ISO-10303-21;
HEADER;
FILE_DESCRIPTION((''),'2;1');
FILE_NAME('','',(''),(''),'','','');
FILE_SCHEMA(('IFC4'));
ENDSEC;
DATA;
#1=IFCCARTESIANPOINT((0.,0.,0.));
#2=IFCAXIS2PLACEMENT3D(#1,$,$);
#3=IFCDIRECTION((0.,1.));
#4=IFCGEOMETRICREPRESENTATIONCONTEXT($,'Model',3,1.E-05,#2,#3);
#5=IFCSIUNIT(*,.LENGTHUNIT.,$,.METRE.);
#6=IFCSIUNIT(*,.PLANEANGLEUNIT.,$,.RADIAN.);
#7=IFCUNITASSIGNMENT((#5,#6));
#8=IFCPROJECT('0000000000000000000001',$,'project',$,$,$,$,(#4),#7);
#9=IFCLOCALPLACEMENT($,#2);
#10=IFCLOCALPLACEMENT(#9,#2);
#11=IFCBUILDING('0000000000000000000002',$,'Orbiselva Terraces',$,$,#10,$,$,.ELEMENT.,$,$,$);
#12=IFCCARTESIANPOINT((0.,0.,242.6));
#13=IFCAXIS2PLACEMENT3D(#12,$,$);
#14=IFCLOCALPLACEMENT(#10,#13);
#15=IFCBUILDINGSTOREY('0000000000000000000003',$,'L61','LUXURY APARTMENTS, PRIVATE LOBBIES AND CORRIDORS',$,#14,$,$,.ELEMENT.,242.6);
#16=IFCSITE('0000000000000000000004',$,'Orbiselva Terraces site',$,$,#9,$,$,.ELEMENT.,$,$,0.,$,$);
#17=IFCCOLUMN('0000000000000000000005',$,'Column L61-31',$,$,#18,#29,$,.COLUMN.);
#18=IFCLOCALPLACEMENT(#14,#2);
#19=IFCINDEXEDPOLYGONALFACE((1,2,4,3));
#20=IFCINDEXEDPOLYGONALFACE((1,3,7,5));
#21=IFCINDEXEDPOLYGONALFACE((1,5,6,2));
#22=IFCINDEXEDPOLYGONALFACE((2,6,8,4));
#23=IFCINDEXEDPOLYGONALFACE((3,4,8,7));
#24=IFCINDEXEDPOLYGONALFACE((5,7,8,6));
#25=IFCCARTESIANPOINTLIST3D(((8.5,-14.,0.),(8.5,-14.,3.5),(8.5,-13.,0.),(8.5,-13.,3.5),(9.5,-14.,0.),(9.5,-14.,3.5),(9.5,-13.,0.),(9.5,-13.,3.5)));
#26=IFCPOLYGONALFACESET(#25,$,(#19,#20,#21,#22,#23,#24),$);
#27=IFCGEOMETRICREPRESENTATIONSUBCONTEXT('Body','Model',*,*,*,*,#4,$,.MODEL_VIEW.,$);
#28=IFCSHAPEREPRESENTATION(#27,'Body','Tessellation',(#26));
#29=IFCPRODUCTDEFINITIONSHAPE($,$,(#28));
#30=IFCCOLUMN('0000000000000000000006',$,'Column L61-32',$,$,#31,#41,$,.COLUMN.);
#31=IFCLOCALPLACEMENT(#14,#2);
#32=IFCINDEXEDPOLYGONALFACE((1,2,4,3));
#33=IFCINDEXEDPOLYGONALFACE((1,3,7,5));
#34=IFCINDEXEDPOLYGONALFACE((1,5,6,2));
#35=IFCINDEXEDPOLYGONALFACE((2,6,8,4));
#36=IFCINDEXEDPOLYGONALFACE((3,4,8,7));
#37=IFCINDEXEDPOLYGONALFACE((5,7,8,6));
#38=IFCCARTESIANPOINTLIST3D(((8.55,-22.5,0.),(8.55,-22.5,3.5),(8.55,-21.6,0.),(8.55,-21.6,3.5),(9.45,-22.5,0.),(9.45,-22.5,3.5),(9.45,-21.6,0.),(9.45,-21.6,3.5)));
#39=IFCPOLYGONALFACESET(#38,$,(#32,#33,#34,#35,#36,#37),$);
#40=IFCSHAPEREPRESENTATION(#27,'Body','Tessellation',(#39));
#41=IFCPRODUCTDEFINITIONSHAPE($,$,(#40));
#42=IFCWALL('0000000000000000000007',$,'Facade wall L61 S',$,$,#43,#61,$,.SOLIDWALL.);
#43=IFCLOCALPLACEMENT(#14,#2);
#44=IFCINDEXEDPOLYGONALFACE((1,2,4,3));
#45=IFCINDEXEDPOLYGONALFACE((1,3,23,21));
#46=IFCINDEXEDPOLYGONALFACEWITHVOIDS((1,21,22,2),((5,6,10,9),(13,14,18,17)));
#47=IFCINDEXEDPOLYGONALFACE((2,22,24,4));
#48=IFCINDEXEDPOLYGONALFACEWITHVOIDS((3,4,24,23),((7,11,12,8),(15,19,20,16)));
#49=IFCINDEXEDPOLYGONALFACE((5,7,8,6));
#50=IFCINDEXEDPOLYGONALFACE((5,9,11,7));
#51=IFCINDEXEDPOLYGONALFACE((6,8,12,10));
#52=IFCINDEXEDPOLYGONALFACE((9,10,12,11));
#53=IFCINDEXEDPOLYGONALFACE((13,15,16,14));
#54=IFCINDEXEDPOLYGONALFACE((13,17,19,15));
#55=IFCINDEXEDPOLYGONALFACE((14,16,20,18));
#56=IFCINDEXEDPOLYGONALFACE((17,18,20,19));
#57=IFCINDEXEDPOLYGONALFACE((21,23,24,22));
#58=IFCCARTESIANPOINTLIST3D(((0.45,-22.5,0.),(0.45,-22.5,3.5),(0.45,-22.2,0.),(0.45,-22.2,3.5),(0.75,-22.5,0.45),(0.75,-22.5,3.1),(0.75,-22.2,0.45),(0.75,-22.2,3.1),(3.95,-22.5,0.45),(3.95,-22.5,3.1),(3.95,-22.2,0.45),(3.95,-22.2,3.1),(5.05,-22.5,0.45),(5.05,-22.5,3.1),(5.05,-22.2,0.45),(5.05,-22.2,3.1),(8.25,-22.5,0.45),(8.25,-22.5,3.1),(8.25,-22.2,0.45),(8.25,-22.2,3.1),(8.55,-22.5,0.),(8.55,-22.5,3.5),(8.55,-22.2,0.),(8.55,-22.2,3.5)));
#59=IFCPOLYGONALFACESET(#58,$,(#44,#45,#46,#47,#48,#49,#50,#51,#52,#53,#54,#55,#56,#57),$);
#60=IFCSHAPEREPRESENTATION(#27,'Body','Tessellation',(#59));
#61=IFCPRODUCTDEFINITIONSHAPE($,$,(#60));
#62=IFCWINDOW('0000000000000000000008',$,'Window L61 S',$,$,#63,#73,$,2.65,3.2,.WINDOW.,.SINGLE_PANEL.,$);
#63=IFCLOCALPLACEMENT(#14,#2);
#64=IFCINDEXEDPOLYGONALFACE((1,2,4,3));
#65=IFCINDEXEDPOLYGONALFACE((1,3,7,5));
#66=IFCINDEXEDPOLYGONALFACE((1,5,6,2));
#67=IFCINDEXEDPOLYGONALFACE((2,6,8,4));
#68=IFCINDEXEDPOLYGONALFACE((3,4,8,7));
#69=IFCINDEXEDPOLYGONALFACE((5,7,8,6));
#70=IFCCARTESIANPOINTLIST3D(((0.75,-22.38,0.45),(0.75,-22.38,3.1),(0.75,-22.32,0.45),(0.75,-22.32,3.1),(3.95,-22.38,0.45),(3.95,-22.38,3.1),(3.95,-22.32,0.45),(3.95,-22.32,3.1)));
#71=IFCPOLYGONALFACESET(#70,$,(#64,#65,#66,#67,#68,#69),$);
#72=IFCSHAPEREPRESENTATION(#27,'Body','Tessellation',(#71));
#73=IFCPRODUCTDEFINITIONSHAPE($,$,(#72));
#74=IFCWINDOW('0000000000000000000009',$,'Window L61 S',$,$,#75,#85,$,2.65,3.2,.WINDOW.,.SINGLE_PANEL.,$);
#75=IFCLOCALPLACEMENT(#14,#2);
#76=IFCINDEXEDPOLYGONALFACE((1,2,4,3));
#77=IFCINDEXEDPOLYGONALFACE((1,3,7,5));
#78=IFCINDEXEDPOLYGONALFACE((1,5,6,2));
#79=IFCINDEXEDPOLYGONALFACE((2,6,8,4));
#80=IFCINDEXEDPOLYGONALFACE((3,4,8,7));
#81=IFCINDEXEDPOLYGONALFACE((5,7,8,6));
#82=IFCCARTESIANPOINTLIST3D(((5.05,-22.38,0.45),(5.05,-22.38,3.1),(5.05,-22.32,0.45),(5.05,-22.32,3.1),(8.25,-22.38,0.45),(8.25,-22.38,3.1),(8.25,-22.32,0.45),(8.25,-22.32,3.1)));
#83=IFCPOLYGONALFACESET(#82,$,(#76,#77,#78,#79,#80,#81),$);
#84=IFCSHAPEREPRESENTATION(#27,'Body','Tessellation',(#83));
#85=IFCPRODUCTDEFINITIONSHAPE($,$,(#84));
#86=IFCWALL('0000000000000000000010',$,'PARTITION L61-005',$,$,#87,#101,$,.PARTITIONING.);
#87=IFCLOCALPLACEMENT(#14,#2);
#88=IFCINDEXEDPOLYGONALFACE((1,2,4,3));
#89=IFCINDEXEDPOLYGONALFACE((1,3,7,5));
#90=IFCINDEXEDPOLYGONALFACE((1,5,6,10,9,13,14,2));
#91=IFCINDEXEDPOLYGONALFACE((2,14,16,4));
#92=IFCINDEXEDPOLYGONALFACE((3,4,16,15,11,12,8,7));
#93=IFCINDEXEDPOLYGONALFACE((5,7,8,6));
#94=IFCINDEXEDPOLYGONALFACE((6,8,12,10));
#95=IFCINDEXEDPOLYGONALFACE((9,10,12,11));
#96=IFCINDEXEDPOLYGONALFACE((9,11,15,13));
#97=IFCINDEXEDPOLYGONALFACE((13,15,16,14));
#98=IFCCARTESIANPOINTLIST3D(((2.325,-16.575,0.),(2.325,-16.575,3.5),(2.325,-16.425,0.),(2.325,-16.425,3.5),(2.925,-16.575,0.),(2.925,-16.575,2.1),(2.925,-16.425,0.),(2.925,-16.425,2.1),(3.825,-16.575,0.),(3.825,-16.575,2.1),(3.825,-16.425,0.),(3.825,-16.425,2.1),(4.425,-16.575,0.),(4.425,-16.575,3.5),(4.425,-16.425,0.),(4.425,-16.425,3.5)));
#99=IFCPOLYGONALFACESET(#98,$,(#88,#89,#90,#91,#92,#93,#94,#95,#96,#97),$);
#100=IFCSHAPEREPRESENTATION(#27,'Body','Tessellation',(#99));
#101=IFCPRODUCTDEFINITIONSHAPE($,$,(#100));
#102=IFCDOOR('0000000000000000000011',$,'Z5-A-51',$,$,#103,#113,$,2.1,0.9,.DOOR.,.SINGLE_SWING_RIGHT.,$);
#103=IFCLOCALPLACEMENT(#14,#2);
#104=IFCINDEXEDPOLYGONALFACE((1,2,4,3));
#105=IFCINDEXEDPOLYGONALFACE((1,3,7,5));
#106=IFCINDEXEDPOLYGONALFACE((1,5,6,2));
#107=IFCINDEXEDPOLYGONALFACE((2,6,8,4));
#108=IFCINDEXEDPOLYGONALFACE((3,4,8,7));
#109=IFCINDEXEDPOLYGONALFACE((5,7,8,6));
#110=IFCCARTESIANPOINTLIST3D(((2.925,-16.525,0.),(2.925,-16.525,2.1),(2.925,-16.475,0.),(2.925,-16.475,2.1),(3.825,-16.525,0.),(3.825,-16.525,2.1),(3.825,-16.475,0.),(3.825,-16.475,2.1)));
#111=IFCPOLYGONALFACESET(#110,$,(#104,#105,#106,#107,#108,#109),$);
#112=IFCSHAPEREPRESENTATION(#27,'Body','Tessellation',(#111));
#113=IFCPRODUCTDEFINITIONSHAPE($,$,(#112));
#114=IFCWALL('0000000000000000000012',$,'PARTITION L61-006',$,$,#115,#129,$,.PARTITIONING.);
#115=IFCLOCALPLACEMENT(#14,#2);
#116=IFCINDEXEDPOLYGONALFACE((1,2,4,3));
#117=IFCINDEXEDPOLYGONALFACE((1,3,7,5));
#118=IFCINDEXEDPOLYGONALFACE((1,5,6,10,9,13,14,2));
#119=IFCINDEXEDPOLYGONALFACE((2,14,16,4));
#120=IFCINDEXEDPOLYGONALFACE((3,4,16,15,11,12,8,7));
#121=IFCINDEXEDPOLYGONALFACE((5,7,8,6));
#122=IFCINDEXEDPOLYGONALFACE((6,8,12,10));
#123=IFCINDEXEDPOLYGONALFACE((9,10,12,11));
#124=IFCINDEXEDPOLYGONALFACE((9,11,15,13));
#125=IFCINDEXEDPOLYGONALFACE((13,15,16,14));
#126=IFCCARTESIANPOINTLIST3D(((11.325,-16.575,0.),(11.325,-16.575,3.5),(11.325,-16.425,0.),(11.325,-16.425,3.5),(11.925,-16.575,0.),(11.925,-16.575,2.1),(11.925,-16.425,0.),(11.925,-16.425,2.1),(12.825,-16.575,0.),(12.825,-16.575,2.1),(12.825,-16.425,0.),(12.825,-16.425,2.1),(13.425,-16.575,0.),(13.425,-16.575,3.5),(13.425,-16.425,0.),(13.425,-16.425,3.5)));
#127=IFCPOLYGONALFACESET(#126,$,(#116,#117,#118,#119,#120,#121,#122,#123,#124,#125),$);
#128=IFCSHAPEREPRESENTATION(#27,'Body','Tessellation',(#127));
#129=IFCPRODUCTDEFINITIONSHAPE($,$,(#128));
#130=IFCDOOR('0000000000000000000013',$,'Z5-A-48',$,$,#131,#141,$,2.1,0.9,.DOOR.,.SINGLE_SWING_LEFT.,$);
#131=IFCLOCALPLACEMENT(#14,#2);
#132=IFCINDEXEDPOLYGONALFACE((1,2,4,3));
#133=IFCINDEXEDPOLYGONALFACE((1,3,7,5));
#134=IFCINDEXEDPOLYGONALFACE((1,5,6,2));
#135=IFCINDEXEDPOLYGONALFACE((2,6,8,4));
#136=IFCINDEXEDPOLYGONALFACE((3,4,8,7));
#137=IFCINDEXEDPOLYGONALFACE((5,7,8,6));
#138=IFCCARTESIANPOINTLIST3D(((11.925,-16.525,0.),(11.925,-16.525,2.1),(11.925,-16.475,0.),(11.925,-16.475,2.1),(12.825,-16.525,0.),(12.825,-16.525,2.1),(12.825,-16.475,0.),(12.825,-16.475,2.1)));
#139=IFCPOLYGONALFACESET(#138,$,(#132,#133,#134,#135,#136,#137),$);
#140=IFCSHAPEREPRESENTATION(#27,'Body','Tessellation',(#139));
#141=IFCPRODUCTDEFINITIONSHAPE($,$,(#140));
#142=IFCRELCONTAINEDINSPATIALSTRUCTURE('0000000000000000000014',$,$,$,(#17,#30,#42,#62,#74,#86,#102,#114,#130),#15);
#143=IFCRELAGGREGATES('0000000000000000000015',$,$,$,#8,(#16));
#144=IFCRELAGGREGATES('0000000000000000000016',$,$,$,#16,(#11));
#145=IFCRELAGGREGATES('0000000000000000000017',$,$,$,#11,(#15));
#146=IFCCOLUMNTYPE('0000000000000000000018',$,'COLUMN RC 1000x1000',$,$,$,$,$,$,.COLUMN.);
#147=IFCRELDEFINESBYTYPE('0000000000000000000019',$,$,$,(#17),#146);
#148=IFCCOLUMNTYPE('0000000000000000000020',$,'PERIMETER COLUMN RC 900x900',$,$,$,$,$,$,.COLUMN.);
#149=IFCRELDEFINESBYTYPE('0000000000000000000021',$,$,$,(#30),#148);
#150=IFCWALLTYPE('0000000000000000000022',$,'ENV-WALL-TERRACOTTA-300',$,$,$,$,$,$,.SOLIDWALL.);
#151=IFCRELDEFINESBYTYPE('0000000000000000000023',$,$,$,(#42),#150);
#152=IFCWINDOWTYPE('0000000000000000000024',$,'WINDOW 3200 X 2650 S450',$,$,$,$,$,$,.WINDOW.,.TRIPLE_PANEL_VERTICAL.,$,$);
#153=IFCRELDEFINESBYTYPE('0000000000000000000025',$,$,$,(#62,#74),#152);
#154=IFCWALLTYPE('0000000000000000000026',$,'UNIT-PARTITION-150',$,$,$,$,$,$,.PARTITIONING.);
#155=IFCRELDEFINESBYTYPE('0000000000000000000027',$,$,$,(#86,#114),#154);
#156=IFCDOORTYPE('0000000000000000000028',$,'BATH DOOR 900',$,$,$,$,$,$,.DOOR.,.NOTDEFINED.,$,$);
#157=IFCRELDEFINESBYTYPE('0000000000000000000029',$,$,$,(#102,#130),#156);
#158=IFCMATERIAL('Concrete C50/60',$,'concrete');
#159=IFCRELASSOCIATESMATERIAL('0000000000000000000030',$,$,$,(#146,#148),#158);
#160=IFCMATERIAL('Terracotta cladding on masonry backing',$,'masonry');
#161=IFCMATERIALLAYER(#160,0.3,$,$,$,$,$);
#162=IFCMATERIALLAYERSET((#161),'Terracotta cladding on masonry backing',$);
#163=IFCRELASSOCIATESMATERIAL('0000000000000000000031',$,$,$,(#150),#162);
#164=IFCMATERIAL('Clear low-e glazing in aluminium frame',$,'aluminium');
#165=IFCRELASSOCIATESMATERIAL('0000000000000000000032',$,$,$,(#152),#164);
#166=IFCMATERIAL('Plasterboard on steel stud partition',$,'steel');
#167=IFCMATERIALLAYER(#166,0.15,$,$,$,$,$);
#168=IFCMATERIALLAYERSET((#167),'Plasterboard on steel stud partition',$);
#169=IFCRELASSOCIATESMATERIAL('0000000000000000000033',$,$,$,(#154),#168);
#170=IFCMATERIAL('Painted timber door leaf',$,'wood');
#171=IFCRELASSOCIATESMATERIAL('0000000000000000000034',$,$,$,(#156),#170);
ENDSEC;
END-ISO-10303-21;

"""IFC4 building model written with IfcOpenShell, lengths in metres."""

from ifc_helpers import new_model, si_unit, direction, frame, frame_2d, origin, origin_2d, place, context, subcontext, project, spatial, rectangle, extrude, material, layer, layer_set, material_profile, profile_set, type_object, element, fill, save


model = new_model("IFC4")

# Units and contexts
model_context = context("Model", 3, precision=1e-05, world=origin(), true_north=direction((0.0, 1.0)))
body_context = subcontext(model_context, "Body", "Model", "MODEL_VIEW")
ifc_project = project(units=[si_unit("LENGTHUNIT", "METRE"), si_unit("PLANEANGLEUNIT", "RADIAN")], contexts=[model_context])

# Site, building, storey
site_placement = place(None, origin())
site = spatial("IfcSite", under=ifc_project, at=site_placement, Name="Orbiselva Terraces site", CompositionType="ELEMENT", RefElevation=0.0)
building_placement = place(site_placement, origin())
building = spatial("IfcBuilding", under=site, at=building_placement, Name="Orbiselva Terraces", CompositionType="ELEMENT")
storey_placement = place(building_placement, frame((0.0, 0.0, 242.6)))
storey = spatial("IfcBuildingStorey", under=building, at=storey_placement, Name="L61", Description="LUXURY APARTMENTS, PRIVATE LOBBIES AND CORRIDORS", CompositionType="ELEMENT", Elevation=242.6)

# Columns
ifc_material_1 = material(Name="Concrete C50/60", Category="concrete")
ifc_material_profile_1 = material_profile(ifc_material_1, rectangle(XDim=1.0, YDim=1.0, at=origin_2d()), Name="RC 1000x1000")
ifc_profile_set_1 = profile_set([ifc_material_profile_1], Name="Concrete C50/60")
column_type_1 = type_object("IfcColumnType", Name="COLUMN RC 1000x1000", PredefinedType="COLUMN", material=ifc_profile_set_1)
column_1_placement = place(storey_placement, frame((9.0, -13.5, 0.0), z_axis=(0.0, 0.0, 1.0), x_axis=(1.0, 0.0, 0.0)))
element("IfcColumn", 1, at=column_1_placement, inside=storey, type_object=column_type_1, Name="Column L61-31", PredefinedType="COLUMN", context=body_context, shape_type="SweptSolid", body=[
    extrude(rectangle(XDim=1.0, YDim=1.0, at=origin_2d()), origin(), (0.0, 0.0, 1.0), 3.5),
])
ifc_material_profile_2 = material_profile(ifc_material_1, rectangle(XDim=0.9, YDim=0.9, at=origin_2d()), Name="RC 900x900")
ifc_profile_set_2 = profile_set([ifc_material_profile_2], Name="Concrete C50/60")
column_type_2 = type_object("IfcColumnType", Name="PERIMETER COLUMN RC 900x900", PredefinedType="COLUMN", material=ifc_profile_set_2)
column_2_placement = place(storey_placement, frame((9.0, -22.05, 0.0), z_axis=(0.0, 0.0, 1.0), x_axis=(1.0, 0.0, 0.0)))
element("IfcColumn", 2, at=column_2_placement, inside=storey, type_object=column_type_2, Name="Column L61-32", PredefinedType="COLUMN", context=body_context, shape_type="SweptSolid", body=[
    extrude(rectangle(XDim=0.9, YDim=0.9, at=origin_2d()), origin(), (0.0, 0.0, 1.0), 3.5),
])

# Wall, openings, windows
ifc_material_2 = material(Name="Terracotta cladding on masonry backing", Category="masonry")
ifc_layer_1 = layer(ifc_material_2, 0.3)
ifc_layer_set_1 = layer_set([ifc_layer_1], Name="Terracotta cladding on masonry backing")
wall_type_1 = type_object("IfcWallType", Name="ENV-WALL-TERRACOTTA-300", PredefinedType="SOLIDWALL", material=ifc_layer_set_1)
wall_1_placement = place(storey_placement, frame((8.55, -22.35, 0.0), z_axis=(0.0, 0.0, 1.0), x_axis=(-1.0, 0.0, 0.0)))
wall_1 = element("IfcWall", 3, at=wall_1_placement, inside=storey, type_object=wall_type_1, Name="Facade wall L61 S", PredefinedType="SOLIDWALL", context=body_context, shape_type="SweptSolid", body=[
    extrude(rectangle(XDim=8.1, YDim=0.3, at=frame_2d((4.05, 0.0))), origin(), (0.0, 0.0, 1.0), 3.5),
])
opening_1_placement = place(wall_1_placement, frame((4.6, 0.0, 0.45)))
opening_1 = element("IfcOpeningElement", 4, at=opening_1_placement, cuts=wall_1, PredefinedType="OPENING", context=body_context, shape_type="SweptSolid", body=[
    extrude(rectangle(XDim=3.2, YDim=2.65, at=frame_2d((1.6, 1.325))), frame((0.0, 0.16, 0.0), z_axis=(0.0, -1.0, 0.0), x_axis=(1.0, 0.0, 0.0)), (0.0, 0.0, 1.0), 0.32),
])
opening_2_placement = place(wall_1_placement, frame((0.3, 0.0, 0.45)))
opening_2 = element("IfcOpeningElement", 5, at=opening_2_placement, cuts=wall_1, PredefinedType="OPENING", context=body_context, shape_type="SweptSolid", body=[
    extrude(rectangle(XDim=3.2, YDim=2.65, at=frame_2d((1.6, 1.325))), frame((0.0, 0.16, 0.0), z_axis=(0.0, -1.0, 0.0), x_axis=(1.0, 0.0, 0.0)), (0.0, 0.0, 1.0), 0.32),
])
ifc_material_3 = material(Name="Clear low-e glazing in aluminium frame", Category="aluminium")
window_type = type_object("IfcWindowType", Name="WINDOW 3200 X 2650 S450", PartitioningType="TRIPLE_PANEL_VERTICAL", PredefinedType="WINDOW", material=ifc_material_3)
window_1_placement = place(opening_1_placement, origin())
window_1 = element("IfcWindow", 6, at=window_1_placement, inside=storey, type_object=window_type, Name="Window L61 S", OverallHeight=2.65, OverallWidth=3.2, PartitioningType="SINGLE_PANEL", PredefinedType="WINDOW", context=body_context, shape_type="SweptSolid", body=[
    extrude(rectangle(XDim=3.2, YDim=2.65, at=frame_2d((1.6, 1.325))), frame((0.0, 0.03, 0.0), z_axis=(0.0, -1.0, 0.0), x_axis=(1.0, 0.0, 0.0)), (0.0, 0.0, 1.0), 0.06),
])
fill(opening_1, window_1)
window_2_placement = place(opening_2_placement, origin())
window_2 = element("IfcWindow", 7, at=window_2_placement, inside=storey, type_object=window_type, Name="Window L61 S", OverallHeight=2.65, OverallWidth=3.2, PartitioningType="SINGLE_PANEL", PredefinedType="WINDOW", context=body_context, shape_type="SweptSolid", body=[
    extrude(rectangle(XDim=3.2, YDim=2.65, at=frame_2d((1.6, 1.325))), frame((0.0, 0.03, 0.0), z_axis=(0.0, -1.0, 0.0), x_axis=(1.0, 0.0, 0.0)), (0.0, 0.0, 1.0), 0.06),
])
fill(opening_2, window_2)

# Walls, openings, doors
ifc_material_4 = material(Name="Plasterboard on steel stud partition", Category="steel")
ifc_layer_2 = layer(ifc_material_4, 0.15)
ifc_layer_set_2 = layer_set([ifc_layer_2], Name="Plasterboard on steel stud partition")
wall_type_2 = type_object("IfcWallType", Name="UNIT-PARTITION-150", PredefinedType="PARTITIONING", material=ifc_layer_set_2)
wall_2_placement = place(storey_placement, frame((2.325, -16.5, 0.0), z_axis=(0.0, 0.0, 1.0), x_axis=(1.0, 0.0, 0.0)))
wall_2 = element("IfcWall", 8, at=wall_2_placement, inside=storey, type_object=wall_type_2, Name="PARTITION L61-005", PredefinedType="PARTITIONING", context=body_context, shape_type="SweptSolid", body=[
    extrude(rectangle(XDim=2.1, YDim=0.15, at=frame_2d((1.05, 0.0))), origin(), (0.0, 0.0, 1.0), 3.5),
])
opening_3_placement = place(wall_2_placement, frame((0.6, 0.0, 0.0)))
opening_3 = element("IfcOpeningElement", 9, at=opening_3_placement, cuts=wall_2, PredefinedType="OPENING", context=body_context, shape_type="SweptSolid", body=[
    extrude(rectangle(XDim=0.9, YDim=2.1, at=frame_2d((0.45, 1.05))), frame((0.0, 0.085, 0.0), z_axis=(0.0, -1.0, 0.0), x_axis=(1.0, 0.0, 0.0)), (0.0, 0.0, 1.0), 0.17),
])
ifc_material_5 = material(Name="Painted timber door leaf", Category="wood")
door_type_1 = type_object("IfcDoorType", Name="BATH DOOR 900", OperationType="NOTDEFINED", PredefinedType="DOOR", material=ifc_material_5)
door_1_placement = place(opening_3_placement, origin())
door_1 = element("IfcDoor", 10, at=door_1_placement, inside=storey, type_object=door_type_1, Name="Z5-A-51", OperationType="SINGLE_SWING_RIGHT", OverallHeight=2.1, OverallWidth=0.9, PredefinedType="DOOR", context=body_context, shape_type="SweptSolid", body=[
    extrude(rectangle(XDim=0.9, YDim=2.1, at=frame_2d((0.45, 1.05))), frame((0.0, 0.025, 0.0), z_axis=(0.0, -1.0, 0.0), x_axis=(1.0, 0.0, 0.0)), (0.0, 0.0, 1.0), 0.05),
])
fill(opening_3, door_1)
wall_3_placement = place(storey_placement, frame((11.325, -16.5, 0.0), z_axis=(0.0, 0.0, 1.0), x_axis=(1.0, 0.0, 0.0)))
wall_3 = element("IfcWall", 11, at=wall_3_placement, inside=storey, type_object=wall_type_2, Name="PARTITION L61-006", PredefinedType="PARTITIONING", context=body_context, shape_type="SweptSolid", body=[
    extrude(rectangle(XDim=2.1, YDim=0.15, at=frame_2d((1.05, 0.0))), origin(), (0.0, 0.0, 1.0), 3.5),
])
opening_4_placement = place(wall_3_placement, frame((0.6, 0.0, 0.0)))
opening_4 = element("IfcOpeningElement", 12, at=opening_4_placement, cuts=wall_3, PredefinedType="OPENING", context=body_context, shape_type="SweptSolid", body=[
    extrude(rectangle(XDim=0.9, YDim=2.1, at=frame_2d((0.45, 1.05))), frame((0.0, 0.085, 0.0), z_axis=(0.0, -1.0, 0.0), x_axis=(1.0, 0.0, 0.0)), (0.0, 0.0, 1.0), 0.17),
])
door_2_placement = place(opening_4_placement, origin())
door_2 = element("IfcDoor", 13, at=door_2_placement, inside=storey, type_object=door_type_1, Name="Z5-A-48", OperationType="SINGLE_SWING_LEFT", OverallHeight=2.1, OverallWidth=0.9, PredefinedType="DOOR", context=body_context, shape_type="SweptSolid", body=[
    extrude(rectangle(XDim=0.9, YDim=2.1, at=frame_2d((0.45, 1.05))), frame((0.0, 0.025, 0.0), z_axis=(0.0, -1.0, 0.0), x_axis=(1.0, 0.0, 0.0)), (0.0, 0.0, 1.0), 0.05),
])
fill(opening_4, door_2)

save(model, "model.ifc")
